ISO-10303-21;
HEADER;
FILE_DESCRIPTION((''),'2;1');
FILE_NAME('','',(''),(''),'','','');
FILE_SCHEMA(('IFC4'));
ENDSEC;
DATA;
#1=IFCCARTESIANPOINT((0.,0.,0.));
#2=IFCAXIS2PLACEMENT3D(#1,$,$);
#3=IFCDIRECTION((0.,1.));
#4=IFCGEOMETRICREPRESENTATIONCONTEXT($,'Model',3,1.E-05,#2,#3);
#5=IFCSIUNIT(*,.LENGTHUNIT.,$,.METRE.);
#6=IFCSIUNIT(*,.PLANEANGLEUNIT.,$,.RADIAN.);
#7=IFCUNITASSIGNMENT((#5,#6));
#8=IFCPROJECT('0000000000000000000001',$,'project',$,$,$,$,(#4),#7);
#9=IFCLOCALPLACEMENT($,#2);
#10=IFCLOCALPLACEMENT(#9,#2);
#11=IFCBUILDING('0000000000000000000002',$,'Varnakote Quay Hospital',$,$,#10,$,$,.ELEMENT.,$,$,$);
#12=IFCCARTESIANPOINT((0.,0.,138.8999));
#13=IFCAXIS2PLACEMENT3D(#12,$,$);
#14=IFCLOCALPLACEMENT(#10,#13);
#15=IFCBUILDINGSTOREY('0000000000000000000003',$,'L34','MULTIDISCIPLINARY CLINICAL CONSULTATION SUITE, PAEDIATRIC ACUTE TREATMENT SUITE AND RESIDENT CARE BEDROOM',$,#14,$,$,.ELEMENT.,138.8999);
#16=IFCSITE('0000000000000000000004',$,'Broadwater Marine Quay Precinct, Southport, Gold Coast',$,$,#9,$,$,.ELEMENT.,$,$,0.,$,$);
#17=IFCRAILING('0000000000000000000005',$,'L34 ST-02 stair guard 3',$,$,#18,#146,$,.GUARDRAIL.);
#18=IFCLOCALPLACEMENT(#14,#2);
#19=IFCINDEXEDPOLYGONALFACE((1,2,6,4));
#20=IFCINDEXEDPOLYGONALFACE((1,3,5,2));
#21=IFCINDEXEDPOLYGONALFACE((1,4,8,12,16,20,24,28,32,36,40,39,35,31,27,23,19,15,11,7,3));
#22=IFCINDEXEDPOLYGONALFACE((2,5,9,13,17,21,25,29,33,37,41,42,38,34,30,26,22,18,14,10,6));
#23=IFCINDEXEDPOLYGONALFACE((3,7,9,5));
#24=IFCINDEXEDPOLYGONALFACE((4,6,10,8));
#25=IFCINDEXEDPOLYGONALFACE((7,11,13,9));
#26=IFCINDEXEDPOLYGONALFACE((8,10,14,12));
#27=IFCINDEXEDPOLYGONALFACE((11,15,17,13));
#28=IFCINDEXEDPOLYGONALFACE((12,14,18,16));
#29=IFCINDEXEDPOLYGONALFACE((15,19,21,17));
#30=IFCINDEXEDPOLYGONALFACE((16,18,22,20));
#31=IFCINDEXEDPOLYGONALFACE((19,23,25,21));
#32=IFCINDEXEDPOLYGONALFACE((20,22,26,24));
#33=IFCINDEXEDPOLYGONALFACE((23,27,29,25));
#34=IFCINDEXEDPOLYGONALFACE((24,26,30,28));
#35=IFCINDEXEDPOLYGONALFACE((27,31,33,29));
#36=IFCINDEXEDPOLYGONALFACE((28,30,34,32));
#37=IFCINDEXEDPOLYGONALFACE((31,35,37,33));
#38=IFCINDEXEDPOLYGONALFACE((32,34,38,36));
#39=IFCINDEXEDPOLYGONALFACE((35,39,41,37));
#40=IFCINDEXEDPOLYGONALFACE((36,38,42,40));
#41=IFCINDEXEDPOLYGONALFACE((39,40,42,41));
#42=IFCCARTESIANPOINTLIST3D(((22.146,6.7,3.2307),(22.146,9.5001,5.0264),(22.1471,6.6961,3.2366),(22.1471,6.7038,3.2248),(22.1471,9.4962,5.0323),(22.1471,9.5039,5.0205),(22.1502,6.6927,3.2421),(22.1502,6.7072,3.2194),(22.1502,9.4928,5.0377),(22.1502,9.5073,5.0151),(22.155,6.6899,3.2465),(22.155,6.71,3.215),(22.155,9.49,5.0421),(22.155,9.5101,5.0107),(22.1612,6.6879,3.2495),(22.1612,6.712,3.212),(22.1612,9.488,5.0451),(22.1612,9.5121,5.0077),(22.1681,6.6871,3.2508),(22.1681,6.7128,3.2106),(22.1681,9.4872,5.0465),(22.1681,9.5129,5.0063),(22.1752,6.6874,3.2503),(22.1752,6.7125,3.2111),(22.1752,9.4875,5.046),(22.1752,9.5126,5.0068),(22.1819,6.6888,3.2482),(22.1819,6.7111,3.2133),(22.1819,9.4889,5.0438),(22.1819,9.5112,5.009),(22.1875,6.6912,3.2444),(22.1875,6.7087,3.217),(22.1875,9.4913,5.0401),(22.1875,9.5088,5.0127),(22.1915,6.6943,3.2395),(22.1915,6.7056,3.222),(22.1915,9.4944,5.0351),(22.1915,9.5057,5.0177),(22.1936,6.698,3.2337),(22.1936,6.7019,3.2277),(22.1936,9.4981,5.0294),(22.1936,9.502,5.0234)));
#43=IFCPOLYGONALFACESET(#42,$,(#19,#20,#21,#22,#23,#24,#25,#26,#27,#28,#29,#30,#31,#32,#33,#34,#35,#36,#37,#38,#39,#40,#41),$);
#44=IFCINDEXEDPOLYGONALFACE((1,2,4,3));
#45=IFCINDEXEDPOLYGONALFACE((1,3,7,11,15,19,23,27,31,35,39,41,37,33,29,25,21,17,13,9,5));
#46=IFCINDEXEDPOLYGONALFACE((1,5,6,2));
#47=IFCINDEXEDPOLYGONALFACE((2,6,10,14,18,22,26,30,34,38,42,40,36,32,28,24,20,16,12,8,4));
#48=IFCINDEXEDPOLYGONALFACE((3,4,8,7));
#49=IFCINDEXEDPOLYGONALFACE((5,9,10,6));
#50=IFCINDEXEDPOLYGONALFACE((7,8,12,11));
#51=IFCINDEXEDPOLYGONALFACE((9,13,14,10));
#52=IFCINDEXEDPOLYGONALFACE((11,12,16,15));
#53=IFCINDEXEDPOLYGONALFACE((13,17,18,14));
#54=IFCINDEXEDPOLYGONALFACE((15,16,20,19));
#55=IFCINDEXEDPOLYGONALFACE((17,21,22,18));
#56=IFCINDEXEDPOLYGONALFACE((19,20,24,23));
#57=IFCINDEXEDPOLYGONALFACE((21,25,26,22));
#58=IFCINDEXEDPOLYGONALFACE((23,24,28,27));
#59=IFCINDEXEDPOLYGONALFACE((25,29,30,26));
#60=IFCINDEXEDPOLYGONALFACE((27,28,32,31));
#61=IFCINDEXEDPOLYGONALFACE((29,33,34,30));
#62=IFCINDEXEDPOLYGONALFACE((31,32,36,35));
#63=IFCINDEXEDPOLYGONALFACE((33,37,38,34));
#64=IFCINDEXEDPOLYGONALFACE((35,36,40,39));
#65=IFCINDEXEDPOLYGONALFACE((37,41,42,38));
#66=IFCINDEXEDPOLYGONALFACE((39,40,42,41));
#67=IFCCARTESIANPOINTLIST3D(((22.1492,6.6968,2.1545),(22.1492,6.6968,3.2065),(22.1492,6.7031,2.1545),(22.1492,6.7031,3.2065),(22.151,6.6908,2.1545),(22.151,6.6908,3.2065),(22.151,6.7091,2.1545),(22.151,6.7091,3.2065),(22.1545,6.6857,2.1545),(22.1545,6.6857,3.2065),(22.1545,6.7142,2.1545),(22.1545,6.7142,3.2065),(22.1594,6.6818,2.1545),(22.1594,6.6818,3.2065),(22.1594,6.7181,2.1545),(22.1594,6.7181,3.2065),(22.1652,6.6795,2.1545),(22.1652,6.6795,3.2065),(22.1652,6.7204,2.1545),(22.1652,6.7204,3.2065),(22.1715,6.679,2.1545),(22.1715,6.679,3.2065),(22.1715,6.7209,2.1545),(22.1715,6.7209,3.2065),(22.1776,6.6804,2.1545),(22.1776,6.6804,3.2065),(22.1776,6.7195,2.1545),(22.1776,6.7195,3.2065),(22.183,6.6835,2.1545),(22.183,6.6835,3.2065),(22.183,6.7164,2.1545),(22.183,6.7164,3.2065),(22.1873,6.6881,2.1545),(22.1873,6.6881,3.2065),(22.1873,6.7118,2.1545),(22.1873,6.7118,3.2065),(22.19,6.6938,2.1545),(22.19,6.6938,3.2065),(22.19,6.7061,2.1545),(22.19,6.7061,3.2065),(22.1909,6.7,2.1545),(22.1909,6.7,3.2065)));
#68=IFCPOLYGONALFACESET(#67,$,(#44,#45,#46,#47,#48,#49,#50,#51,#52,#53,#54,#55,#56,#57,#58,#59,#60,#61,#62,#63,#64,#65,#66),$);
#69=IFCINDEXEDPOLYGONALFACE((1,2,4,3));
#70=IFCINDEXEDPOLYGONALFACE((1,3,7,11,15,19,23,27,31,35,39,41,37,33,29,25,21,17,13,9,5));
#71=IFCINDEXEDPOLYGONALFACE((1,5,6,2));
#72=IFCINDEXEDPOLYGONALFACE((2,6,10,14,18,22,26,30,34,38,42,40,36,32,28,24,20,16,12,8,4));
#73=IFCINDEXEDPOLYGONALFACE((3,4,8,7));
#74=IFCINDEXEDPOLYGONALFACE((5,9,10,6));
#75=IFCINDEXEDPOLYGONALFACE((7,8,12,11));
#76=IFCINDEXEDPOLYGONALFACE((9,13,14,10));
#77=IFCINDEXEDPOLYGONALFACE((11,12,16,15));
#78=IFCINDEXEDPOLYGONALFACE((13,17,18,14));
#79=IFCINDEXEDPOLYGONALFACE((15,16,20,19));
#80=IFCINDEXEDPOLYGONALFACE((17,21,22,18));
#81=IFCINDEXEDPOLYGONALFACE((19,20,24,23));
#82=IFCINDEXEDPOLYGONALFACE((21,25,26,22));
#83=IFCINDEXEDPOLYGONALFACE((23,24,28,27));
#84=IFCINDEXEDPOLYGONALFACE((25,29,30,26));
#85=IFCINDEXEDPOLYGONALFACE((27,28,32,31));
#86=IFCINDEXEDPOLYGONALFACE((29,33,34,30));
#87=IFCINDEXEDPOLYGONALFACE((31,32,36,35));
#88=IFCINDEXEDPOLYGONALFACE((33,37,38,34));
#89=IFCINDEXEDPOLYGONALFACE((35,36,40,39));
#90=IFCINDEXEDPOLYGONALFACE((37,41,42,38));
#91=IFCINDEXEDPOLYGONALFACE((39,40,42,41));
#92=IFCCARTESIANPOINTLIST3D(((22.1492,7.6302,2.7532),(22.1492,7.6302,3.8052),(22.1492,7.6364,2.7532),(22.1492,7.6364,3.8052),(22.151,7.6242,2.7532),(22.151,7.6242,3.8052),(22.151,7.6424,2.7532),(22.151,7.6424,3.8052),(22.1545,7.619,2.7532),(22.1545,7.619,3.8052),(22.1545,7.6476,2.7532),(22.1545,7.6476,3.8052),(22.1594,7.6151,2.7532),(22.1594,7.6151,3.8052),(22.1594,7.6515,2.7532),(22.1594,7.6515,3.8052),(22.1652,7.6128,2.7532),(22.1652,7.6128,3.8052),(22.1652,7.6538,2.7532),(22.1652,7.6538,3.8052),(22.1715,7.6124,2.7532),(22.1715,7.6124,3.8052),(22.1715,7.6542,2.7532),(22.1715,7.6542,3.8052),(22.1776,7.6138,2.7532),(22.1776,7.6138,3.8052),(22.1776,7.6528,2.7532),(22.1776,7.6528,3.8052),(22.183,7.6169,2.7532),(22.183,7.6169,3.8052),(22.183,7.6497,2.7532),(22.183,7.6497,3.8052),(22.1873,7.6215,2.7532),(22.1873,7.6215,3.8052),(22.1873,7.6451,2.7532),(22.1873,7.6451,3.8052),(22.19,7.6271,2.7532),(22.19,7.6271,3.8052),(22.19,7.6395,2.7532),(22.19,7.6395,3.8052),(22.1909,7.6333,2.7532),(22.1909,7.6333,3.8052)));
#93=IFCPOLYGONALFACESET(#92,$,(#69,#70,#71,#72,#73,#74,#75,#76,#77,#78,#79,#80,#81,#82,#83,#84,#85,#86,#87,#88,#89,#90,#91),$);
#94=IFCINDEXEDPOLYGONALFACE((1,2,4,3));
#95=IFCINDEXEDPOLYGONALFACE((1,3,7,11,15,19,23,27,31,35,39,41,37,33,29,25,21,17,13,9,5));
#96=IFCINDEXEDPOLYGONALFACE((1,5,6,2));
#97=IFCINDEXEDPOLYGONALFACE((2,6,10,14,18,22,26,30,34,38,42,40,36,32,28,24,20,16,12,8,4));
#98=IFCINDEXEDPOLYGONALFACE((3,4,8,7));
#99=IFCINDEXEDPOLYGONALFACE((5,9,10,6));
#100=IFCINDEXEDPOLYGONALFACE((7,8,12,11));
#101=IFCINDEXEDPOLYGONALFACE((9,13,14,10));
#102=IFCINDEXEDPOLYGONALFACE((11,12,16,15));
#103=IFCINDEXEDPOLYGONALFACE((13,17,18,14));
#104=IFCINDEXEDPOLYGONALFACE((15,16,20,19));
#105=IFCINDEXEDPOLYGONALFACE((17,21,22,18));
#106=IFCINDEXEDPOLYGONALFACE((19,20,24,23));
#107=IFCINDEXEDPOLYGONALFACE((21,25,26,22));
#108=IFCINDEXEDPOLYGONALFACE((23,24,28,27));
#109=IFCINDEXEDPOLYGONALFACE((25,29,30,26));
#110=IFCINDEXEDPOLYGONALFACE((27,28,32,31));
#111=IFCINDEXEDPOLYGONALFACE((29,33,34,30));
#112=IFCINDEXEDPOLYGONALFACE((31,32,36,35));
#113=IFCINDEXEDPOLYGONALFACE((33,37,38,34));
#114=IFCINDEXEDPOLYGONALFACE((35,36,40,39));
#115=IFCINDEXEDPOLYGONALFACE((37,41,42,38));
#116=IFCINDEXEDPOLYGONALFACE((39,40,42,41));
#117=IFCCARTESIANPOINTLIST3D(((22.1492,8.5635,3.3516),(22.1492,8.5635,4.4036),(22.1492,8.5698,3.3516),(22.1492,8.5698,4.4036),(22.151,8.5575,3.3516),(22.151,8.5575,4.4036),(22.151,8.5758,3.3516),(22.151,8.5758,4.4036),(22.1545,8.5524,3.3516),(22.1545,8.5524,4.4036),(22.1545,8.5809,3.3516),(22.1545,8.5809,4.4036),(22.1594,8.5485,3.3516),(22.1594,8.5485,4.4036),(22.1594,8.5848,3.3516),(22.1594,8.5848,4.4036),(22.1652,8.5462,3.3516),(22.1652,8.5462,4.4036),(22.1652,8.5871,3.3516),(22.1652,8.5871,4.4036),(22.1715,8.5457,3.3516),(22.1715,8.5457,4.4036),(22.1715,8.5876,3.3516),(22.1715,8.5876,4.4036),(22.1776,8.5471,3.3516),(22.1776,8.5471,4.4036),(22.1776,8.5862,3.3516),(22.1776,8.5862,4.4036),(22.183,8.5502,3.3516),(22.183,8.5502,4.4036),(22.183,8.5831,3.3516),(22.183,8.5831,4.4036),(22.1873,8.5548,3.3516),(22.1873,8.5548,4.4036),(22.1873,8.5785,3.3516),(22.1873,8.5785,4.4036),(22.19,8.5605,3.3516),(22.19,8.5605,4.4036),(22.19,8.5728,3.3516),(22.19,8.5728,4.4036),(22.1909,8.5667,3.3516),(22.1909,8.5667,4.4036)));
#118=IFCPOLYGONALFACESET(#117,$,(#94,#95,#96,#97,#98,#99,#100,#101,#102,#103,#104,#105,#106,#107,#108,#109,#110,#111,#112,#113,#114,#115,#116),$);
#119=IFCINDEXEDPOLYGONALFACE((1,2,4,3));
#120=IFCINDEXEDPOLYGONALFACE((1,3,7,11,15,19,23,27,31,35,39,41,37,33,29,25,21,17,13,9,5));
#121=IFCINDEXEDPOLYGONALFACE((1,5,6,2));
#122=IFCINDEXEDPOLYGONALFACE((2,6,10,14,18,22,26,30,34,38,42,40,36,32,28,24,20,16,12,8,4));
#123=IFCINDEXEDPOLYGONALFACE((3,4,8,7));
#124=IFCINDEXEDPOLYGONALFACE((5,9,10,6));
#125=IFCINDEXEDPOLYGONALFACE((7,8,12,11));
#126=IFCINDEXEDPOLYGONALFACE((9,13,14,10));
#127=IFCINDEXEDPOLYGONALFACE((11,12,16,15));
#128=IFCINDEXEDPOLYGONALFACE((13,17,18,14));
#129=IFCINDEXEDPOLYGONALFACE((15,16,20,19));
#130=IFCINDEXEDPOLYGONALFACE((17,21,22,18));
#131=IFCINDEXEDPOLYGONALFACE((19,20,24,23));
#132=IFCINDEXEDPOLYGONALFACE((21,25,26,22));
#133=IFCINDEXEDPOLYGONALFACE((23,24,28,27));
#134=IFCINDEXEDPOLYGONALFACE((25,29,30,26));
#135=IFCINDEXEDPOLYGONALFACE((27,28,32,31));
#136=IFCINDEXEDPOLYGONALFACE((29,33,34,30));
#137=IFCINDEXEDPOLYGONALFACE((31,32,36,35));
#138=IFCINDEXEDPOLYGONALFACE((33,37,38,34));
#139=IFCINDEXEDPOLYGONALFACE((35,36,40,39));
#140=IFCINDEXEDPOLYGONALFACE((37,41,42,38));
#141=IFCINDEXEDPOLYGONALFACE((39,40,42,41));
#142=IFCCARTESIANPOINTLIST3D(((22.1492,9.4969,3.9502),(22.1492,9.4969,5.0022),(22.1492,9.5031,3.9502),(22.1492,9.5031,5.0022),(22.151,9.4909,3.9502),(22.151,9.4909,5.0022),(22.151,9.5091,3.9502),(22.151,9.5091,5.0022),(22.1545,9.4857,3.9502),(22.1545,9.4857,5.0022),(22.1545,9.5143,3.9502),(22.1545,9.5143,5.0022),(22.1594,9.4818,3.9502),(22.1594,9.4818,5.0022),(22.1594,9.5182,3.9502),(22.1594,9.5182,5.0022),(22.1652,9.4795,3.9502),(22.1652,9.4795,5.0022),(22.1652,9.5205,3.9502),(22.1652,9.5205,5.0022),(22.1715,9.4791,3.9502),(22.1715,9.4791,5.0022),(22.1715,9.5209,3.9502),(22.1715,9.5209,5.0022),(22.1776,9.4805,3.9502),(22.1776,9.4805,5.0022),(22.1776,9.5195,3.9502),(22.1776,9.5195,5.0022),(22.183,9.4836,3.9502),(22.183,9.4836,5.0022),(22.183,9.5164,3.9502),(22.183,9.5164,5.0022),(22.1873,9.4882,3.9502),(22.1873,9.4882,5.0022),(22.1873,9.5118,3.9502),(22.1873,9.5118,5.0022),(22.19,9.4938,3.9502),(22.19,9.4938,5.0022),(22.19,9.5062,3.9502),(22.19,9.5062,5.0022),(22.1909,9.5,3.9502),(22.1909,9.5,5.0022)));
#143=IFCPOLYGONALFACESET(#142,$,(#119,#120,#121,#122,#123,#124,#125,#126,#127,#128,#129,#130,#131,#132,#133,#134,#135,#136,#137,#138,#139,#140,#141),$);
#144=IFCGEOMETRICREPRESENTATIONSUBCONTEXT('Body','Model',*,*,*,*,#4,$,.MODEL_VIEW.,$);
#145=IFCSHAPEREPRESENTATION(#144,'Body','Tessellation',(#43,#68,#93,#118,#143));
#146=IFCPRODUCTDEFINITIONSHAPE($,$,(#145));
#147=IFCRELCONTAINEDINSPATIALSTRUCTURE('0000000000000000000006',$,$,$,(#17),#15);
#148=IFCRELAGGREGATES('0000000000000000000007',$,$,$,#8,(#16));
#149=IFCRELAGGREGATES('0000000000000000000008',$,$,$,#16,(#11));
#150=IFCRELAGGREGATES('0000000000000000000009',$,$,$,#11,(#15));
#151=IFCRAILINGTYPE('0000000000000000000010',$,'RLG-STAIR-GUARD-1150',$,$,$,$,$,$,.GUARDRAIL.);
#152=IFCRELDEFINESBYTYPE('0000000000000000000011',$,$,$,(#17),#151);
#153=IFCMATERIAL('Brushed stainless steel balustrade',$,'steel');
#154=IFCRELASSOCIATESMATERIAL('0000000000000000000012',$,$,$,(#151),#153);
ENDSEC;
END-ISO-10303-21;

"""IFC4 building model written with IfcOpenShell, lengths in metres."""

from ifc_helpers import new_model, si_unit, direction, frame, origin, origin_2d, place, context, subcontext, project, spatial, circle, extrude, material, type_object, element, save


model = new_model("IFC4")

# Units and contexts
model_context = context("Model", 3, precision=1e-05, world=origin(), true_north=direction((0.0, 1.0)))
body_context = subcontext(model_context, "Body", "Model", "MODEL_VIEW")
ifc_project = project(units=[si_unit("LENGTHUNIT", "METRE"), si_unit("PLANEANGLEUNIT", "RADIAN")], contexts=[model_context])

# Site, building, storey
site_placement = place(None, origin())
site = spatial("IfcSite", under=ifc_project, at=site_placement, Name="Broadwater Marine Quay Precinct, Southport, Gold Coast", CompositionType="ELEMENT", RefElevation=0.0)
building_placement = place(site_placement, origin())
building = spatial("IfcBuilding", under=site, at=building_placement, Name="Varnakote Quay Hospital", CompositionType="ELEMENT")
storey_placement = place(building_placement, frame((0.0, 0.0, 138.8999)))
storey = spatial("IfcBuildingStorey", under=building, at=storey_placement, Name="L34", Description="MULTIDISCIPLINARY CLINICAL CONSULTATION SUITE, PAEDIATRIC ACUTE TREATMENT SUITE AND RESIDENT CARE BEDROOM", CompositionType="ELEMENT", Elevation=138.8999)

# Railing
ifc_material_1 = material(Name="Brushed stainless steel balustrade", Category="steel")
railing_type_1 = type_object("IfcRailingType", Name="RLG-STAIR-GUARD-1150", PredefinedType="GUARDRAIL", material=ifc_material_1)
railing_1_placement = place(storey_placement, frame((22.1699, 6.7, 2.1545)))
element("IfcRailing", 1, at=railing_1_placement, inside=storey, type_object=railing_type_1, Name="L34 ST-02 stair guard 3", PredefinedType="GUARDRAIL", context=body_context, shape_type="SweptSolid", body=[
    extrude(circle(Radius=0.0239, at=origin_2d()), frame((0.0, 0.0, 1.0762), z_axis=(0.0, 0.841777, 0.539826), x_axis=(-1.0, 0.0, 0.0)), (0.0, 0.0, 1.0), 3.3264),
    extrude(circle(Radius=0.021, at=origin_2d()), origin(), (0.0, 0.0, 1.0), 1.052),
    extrude(circle(Radius=0.021, at=origin_2d()), frame((0.0, 0.9333, 0.5986)), (0.0, 0.0, 1.0), 1.052),
    extrude(circle(Radius=0.021, at=origin_2d()), frame((0.0, 1.8667, 1.197)), (0.0, 0.0, 1.0), 1.052),
    extrude(circle(Radius=0.021, at=origin_2d()), frame((0.0, 2.8, 1.7957)), (0.0, 0.0, 1.0), 1.052),
])

save(model, "model.ifc")
